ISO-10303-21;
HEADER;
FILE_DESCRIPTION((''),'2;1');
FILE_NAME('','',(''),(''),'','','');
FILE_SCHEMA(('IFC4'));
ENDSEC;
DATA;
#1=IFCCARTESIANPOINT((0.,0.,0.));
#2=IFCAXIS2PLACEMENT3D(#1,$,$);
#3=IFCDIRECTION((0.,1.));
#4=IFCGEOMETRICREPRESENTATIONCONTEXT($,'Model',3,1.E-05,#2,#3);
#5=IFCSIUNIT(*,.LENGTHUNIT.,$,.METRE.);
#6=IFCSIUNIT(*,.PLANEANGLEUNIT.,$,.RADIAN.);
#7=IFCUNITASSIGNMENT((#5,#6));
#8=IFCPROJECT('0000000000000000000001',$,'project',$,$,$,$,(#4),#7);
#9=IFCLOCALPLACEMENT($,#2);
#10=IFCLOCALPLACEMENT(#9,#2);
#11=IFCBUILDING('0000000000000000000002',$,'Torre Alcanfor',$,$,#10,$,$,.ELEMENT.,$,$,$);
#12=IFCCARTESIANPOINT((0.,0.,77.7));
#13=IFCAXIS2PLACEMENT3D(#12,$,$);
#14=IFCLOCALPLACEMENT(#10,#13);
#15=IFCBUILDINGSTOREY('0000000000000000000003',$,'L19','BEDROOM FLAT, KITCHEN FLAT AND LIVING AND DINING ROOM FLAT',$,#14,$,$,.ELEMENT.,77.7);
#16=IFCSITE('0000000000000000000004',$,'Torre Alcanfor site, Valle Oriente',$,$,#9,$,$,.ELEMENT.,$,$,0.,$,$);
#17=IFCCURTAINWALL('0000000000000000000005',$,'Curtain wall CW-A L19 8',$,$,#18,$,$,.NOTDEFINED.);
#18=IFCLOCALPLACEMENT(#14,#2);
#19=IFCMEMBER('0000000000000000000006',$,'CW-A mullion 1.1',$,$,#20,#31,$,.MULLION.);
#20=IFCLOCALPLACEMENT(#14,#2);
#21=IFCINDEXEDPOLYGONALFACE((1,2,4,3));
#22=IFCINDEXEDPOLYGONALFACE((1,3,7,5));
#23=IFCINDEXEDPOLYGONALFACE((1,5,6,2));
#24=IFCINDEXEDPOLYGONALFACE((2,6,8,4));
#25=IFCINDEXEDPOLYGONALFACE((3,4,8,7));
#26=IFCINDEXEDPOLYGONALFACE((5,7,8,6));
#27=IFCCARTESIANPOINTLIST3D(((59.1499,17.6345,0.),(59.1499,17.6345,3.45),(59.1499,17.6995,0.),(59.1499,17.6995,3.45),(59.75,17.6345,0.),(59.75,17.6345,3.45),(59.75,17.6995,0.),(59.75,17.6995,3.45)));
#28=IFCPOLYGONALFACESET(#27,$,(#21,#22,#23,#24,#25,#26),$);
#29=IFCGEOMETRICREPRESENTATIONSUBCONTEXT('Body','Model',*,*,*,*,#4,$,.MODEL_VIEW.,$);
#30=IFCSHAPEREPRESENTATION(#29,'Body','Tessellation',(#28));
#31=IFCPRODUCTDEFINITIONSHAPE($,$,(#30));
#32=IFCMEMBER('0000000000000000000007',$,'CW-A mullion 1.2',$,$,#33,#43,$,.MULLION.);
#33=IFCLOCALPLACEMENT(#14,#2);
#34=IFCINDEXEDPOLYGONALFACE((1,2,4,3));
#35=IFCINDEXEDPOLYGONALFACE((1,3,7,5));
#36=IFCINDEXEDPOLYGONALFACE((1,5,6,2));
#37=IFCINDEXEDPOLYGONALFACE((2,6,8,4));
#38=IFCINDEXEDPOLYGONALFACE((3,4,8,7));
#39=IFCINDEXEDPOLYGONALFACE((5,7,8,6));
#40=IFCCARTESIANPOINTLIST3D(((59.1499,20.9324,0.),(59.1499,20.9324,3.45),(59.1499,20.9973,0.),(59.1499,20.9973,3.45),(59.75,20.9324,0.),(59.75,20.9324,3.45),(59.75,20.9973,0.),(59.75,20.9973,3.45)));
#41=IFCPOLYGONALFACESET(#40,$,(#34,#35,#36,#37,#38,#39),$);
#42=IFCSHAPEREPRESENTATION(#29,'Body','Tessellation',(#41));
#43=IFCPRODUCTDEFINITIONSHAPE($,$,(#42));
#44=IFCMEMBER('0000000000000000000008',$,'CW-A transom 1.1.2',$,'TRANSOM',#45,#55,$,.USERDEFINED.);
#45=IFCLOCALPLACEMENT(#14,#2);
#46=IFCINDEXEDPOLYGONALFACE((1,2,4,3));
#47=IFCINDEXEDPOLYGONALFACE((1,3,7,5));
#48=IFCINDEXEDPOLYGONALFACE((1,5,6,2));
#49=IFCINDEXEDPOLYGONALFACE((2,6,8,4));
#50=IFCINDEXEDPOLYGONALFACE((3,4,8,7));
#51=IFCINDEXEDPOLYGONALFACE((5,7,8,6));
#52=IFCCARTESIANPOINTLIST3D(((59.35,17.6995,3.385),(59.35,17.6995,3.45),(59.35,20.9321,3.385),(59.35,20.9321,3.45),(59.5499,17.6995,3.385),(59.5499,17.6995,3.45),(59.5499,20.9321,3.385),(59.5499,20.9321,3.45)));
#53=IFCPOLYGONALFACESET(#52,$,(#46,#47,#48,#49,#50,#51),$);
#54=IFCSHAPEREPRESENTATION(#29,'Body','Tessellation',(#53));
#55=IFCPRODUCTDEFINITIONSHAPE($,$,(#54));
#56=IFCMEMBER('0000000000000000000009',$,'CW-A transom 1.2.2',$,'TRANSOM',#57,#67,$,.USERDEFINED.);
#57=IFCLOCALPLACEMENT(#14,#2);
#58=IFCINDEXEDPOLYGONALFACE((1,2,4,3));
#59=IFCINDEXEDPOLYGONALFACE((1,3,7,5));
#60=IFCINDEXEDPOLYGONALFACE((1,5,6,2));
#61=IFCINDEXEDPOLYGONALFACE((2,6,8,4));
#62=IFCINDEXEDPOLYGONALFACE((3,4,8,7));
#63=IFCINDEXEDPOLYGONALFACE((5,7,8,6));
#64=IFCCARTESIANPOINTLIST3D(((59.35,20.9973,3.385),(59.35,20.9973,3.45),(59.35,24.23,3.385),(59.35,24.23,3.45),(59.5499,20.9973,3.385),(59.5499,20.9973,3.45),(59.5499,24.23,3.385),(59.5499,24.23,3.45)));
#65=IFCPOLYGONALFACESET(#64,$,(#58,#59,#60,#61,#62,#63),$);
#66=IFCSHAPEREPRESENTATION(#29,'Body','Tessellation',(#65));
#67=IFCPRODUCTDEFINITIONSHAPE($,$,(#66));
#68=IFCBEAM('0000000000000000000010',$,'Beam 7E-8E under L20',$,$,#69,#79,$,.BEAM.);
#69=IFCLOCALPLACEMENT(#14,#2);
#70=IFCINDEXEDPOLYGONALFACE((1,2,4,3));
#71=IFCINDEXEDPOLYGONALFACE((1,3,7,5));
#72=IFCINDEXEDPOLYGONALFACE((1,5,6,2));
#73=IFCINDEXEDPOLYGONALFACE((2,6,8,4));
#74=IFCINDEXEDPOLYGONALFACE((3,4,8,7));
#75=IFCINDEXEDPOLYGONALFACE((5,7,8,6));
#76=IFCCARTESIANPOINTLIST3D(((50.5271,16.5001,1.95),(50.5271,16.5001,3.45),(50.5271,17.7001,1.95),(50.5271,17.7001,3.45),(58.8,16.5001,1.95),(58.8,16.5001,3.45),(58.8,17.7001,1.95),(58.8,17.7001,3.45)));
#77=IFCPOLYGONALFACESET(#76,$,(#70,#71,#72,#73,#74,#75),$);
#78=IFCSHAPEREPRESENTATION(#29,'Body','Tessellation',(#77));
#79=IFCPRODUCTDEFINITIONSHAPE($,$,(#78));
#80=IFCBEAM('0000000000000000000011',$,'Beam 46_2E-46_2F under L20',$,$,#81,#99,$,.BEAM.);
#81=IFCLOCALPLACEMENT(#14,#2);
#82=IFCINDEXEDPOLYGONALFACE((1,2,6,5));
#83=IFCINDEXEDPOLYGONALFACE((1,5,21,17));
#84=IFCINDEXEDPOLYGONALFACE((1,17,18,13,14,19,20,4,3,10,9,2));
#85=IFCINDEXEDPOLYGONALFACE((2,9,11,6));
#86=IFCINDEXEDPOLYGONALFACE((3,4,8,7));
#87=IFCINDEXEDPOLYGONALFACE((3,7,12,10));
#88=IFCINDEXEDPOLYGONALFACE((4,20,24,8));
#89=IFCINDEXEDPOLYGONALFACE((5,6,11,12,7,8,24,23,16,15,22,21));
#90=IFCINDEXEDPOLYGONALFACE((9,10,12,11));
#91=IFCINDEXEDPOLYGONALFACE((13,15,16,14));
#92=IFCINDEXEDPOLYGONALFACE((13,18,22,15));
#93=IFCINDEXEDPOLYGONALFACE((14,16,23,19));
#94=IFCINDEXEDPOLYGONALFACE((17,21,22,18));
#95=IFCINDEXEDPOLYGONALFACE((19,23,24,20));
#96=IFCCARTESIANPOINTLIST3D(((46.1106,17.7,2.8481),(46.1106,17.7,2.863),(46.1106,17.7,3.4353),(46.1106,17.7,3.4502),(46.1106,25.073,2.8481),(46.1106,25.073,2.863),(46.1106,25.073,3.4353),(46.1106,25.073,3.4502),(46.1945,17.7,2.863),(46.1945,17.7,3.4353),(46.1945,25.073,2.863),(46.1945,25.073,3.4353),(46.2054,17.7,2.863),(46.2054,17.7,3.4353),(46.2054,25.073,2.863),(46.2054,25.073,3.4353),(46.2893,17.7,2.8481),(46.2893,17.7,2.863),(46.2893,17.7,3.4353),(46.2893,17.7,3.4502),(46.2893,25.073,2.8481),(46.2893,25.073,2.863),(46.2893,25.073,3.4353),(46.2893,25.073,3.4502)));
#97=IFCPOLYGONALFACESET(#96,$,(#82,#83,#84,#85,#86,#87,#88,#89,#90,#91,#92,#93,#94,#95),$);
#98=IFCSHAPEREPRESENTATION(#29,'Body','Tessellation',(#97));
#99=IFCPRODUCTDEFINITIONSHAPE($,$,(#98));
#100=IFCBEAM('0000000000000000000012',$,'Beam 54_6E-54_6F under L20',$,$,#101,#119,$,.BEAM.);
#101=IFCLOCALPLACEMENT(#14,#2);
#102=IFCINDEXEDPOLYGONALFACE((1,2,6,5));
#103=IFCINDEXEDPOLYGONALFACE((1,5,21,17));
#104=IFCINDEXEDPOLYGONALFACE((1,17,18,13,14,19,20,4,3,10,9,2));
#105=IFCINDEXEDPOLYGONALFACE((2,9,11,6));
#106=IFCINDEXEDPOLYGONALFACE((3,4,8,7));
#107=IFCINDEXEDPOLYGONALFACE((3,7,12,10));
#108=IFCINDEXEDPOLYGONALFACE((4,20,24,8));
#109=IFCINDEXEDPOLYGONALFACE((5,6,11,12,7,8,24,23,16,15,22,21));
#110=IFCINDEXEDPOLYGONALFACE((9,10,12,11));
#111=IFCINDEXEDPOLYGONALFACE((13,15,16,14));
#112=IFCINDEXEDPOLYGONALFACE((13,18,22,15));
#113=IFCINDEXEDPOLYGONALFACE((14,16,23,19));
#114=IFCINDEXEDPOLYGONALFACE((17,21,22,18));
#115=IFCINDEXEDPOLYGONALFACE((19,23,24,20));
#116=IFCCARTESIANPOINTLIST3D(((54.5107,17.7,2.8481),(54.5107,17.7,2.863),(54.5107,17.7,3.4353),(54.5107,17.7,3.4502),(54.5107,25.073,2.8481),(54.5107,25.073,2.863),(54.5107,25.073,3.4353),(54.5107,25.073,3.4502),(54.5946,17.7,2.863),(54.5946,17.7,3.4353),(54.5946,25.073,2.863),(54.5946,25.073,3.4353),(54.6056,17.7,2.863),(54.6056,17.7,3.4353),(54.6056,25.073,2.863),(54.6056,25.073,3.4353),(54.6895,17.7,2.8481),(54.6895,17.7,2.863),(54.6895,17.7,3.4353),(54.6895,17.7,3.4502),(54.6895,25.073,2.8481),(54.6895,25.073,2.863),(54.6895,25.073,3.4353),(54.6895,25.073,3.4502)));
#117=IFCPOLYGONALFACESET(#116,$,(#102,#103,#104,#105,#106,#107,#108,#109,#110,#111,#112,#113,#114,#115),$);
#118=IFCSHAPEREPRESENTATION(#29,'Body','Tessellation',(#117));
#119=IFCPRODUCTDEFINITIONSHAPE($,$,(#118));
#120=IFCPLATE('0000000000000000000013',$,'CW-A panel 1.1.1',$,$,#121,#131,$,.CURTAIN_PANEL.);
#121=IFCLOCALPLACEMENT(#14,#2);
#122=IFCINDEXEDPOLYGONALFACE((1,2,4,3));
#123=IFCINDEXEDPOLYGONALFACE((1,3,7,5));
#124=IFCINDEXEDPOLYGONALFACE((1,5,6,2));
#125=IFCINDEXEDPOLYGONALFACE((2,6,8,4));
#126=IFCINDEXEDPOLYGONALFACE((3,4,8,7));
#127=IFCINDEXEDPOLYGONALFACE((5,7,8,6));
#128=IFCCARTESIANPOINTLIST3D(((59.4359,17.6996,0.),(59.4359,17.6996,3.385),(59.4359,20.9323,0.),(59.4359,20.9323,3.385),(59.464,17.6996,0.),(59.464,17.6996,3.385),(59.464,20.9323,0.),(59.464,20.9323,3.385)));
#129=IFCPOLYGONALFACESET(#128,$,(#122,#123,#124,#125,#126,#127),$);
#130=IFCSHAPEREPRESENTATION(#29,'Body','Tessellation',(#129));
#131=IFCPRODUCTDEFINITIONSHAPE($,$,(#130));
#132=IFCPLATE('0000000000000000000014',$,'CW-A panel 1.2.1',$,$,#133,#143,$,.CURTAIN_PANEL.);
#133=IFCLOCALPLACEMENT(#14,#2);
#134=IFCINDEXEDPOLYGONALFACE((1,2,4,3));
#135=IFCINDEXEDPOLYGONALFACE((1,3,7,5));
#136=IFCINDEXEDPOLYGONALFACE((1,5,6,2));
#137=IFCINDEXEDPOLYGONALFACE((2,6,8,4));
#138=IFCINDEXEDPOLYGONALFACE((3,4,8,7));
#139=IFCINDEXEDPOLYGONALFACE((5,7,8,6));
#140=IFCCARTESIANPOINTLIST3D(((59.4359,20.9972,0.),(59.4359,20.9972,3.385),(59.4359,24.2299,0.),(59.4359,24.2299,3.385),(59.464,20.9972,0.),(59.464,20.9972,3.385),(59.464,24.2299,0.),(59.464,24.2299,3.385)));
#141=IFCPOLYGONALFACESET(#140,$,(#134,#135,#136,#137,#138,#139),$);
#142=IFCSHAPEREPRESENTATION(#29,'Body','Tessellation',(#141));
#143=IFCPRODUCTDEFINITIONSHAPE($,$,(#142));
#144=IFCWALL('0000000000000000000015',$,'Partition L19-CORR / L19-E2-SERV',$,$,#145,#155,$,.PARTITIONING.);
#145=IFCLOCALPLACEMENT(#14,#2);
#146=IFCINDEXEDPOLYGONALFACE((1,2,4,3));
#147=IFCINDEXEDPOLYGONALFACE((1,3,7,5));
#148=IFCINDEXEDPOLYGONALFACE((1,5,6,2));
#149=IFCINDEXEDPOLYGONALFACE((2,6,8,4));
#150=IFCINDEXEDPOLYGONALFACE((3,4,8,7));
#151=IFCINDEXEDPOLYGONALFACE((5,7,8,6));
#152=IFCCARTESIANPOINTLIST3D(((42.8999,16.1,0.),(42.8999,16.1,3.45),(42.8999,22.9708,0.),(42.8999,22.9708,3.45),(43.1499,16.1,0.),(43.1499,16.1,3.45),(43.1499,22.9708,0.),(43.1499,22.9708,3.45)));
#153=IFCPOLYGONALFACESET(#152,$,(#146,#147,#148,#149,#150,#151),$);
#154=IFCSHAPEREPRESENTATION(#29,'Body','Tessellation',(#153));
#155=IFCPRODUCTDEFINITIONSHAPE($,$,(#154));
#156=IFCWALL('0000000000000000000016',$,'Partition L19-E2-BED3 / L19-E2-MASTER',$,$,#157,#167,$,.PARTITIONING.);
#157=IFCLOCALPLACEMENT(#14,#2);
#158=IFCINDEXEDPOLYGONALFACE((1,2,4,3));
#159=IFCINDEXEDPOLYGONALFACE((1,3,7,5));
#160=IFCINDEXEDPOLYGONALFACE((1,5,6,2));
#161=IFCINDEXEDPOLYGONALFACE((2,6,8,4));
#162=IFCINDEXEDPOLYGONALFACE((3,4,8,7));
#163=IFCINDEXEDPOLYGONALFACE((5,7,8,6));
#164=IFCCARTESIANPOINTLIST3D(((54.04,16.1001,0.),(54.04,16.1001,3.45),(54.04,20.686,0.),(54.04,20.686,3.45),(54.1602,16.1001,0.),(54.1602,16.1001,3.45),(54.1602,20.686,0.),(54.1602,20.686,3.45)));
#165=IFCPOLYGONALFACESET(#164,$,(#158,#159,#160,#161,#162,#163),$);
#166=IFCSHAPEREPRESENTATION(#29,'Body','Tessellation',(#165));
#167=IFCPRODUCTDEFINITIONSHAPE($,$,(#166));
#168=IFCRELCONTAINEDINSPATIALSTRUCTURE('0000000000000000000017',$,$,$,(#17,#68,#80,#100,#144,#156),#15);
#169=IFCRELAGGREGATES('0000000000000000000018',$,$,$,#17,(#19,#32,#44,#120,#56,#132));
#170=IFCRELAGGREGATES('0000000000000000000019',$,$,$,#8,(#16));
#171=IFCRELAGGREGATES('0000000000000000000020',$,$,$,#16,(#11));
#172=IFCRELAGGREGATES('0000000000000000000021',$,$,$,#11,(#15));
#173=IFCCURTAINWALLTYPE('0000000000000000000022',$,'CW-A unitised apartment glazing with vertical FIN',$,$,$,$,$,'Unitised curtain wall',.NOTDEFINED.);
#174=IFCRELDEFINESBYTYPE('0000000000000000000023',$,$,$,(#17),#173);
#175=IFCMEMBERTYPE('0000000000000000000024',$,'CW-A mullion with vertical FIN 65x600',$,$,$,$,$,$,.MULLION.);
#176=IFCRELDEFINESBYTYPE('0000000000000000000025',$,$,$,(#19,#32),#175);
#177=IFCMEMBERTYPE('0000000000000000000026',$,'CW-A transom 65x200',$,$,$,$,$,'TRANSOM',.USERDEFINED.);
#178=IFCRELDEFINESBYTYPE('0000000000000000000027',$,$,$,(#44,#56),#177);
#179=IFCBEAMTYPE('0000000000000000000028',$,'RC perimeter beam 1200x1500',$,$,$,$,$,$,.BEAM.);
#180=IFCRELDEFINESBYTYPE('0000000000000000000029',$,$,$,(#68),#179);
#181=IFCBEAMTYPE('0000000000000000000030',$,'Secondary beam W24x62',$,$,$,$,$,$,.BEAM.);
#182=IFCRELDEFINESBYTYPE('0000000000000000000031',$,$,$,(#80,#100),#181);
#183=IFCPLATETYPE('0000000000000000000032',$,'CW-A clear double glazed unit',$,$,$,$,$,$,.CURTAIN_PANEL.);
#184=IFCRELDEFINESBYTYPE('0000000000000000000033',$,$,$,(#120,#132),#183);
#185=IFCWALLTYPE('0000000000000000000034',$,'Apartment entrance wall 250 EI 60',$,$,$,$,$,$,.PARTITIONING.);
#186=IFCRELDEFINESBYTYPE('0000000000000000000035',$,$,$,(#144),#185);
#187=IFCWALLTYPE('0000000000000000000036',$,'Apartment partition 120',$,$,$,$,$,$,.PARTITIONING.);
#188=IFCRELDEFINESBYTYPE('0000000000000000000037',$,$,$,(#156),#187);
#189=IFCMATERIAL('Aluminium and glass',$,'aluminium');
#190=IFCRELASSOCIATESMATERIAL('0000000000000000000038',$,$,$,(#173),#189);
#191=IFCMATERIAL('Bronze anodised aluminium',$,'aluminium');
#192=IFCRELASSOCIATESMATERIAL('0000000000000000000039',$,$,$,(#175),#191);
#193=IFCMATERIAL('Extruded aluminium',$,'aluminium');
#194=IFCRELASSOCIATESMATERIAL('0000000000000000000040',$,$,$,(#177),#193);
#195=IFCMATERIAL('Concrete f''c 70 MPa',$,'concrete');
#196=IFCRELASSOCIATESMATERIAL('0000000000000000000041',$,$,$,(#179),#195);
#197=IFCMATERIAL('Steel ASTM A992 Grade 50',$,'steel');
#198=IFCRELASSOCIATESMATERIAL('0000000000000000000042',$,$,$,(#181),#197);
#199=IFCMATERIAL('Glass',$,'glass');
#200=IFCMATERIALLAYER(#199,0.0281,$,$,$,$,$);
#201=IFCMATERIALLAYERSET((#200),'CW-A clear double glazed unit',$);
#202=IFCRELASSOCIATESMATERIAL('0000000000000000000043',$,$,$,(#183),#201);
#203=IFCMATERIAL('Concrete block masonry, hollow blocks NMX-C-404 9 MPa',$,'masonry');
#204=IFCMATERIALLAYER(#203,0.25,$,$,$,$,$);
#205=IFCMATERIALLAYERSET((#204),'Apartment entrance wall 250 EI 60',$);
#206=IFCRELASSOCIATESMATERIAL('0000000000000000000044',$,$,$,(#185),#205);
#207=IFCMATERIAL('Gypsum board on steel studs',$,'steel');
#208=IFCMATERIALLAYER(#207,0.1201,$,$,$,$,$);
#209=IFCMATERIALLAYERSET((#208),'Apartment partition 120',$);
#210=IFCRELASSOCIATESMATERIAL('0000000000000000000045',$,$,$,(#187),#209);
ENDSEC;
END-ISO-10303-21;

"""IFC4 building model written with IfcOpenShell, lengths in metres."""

from ifc_helpers import new_model, si_unit, direction, frame, frame_2d, origin, origin_2d, place, context, subcontext, project, spatial, rectangle, i_section, extrude, material, layer, layer_set, material_profile, profile_set, type_object, element, aggregate, save


model = new_model("IFC4")

# Units and contexts
model_context = context("Model", 3, precision=1e-05, world=origin(), true_north=direction((0.0, 1.0)))
body_context = subcontext(model_context, "Body", "Model", "MODEL_VIEW")
ifc_project = project(units=[si_unit("LENGTHUNIT", "METRE"), si_unit("PLANEANGLEUNIT", "RADIAN")], contexts=[model_context])

# Site, building, storey
site_placement = place(None, origin())
site = spatial("IfcSite", under=ifc_project, at=site_placement, Name="Torre Alcanfor site, Valle Oriente", CompositionType="ELEMENT", RefElevation=0.0)
building_placement = place(site_placement, origin())
building = spatial("IfcBuilding", under=site, at=building_placement, Name="Torre Alcanfor", CompositionType="ELEMENT")
storey_placement = place(building_placement, frame((0.0, 0.0, 77.7)))
storey = spatial("IfcBuildingStorey", under=building, at=storey_placement, Name="L19", Description="BEDROOM FLAT, KITCHEN FLAT AND LIVING AND DINING ROOM FLAT", CompositionType="ELEMENT", Elevation=77.7)

# Curtain wall, members
ifc_material_1 = material(Name="Aluminium and glass", Category="aluminium")
curtain_wall_type = type_object("IfcCurtainWallType", Name="CW-A unitised apartment glazing with vertical FIN", ElementType="Unitised curtain wall", PredefinedType="NOTDEFINED", material=ifc_material_1)
curtain_wall_placement = place(storey_placement, origin())
curtain_wall = element("IfcCurtainWall", 1, at=curtain_wall_placement, inside=storey, type_object=curtain_wall_type, Name="Curtain wall CW-A L19 8", PredefinedType="NOTDEFINED")
ifc_material_2 = material(Name="Bronze anodised aluminium", Category="aluminium")
ifc_material_profile_1 = material_profile(ifc_material_2, rectangle(XDim=0.6001, YDim=0.0649, at=origin_2d()), Name="CW-A mullion 65x600")
ifc_profile_set_1 = profile_set([ifc_material_profile_1], Name="Bronze anodised aluminium")
member_type_1 = type_object("IfcMemberType", Name="CW-A mullion with vertical FIN 65x600", PredefinedType="MULLION", material=ifc_profile_set_1)
member_1_placement = place(storey_placement, frame((59.45, 17.667, 0.0), z_axis=(0.0, 0.0, 1.0), x_axis=(-1.0, 0.0, 0.0)))
member_1 = element("IfcMember", 2, at=member_1_placement, type_object=member_type_1, Name="CW-A mullion 1.1", PredefinedType="MULLION", context=body_context, shape_type="SweptSolid", body=[
    extrude(rectangle(XDim=0.6001, YDim=0.0649, at=origin_2d()), origin(), (0.0, 0.0, 1.0), 3.45),
])
member_2_placement = place(storey_placement, frame((59.45, 20.9648, 0.0), z_axis=(0.0, 0.0, 1.0), x_axis=(-1.0, 0.0, 0.0)))
member_2 = element("IfcMember", 3, at=member_2_placement, type_object=member_type_1, Name="CW-A mullion 1.2", PredefinedType="MULLION", context=body_context, shape_type="SweptSolid", body=[
    extrude(rectangle(XDim=0.6001, YDim=0.0649, at=origin_2d()), origin(), (0.0, 0.0, 1.0), 3.45),
])
ifc_material_3 = material(Name="Extruded aluminium", Category="aluminium")
ifc_material_profile_2 = material_profile(ifc_material_3, rectangle(XDim=0.2, YDim=0.0649, at=origin_2d()), Name="CW-A transom 200x65")
ifc_profile_set_2 = profile_set([ifc_material_profile_2], Name="Extruded aluminium")
member_type_2 = type_object("IfcMemberType", Name="CW-A transom 65x200", ElementType="TRANSOM", PredefinedType="USERDEFINED", material=ifc_profile_set_2)
member_3_placement = place(storey_placement, frame((59.45, 17.6995, 3.4175), z_axis=(0.0, 1.0, 0.0), x_axis=(-1.0, 0.0, 0.0)))
member_3 = element("IfcMember", 4, at=member_3_placement, type_object=member_type_2, Name="CW-A transom 1.1.2", ObjectType="TRANSOM", PredefinedType="USERDEFINED", context=body_context, shape_type="SweptSolid", body=[
    extrude(rectangle(XDim=0.2, YDim=0.0649, at=origin_2d()), origin(), (0.0, 0.0, 1.0), 3.2327),
])
member_4_placement = place(storey_placement, frame((59.45, 20.9973, 3.4175), z_axis=(0.0, 1.0, 0.0), x_axis=(-1.0, 0.0, 0.0)))
member_4 = element("IfcMember", 5, at=member_4_placement, type_object=member_type_2, Name="CW-A transom 1.2.2", ObjectType="TRANSOM", PredefinedType="USERDEFINED", context=body_context, shape_type="SweptSolid", body=[
    extrude(rectangle(XDim=0.2, YDim=0.0649, at=origin_2d()), origin(), (0.0, 0.0, 1.0), 3.2327),
])

# Beams
ifc_material_4 = material(Name="Concrete f'c 70 MPa", Category="concrete")
ifc_material_profile_3 = material_profile(ifc_material_4, rectangle(XDim=1.2, YDim=1.5, at=origin_2d()), Name="1200x1500")
ifc_profile_set_3 = profile_set([ifc_material_profile_3], Name="Concrete f'c 70 MPa")
beam_type_1 = type_object("IfcBeamType", Name="RC perimeter beam 1200x1500", PredefinedType="BEAM", material=ifc_profile_set_3)
beam_placement = place(storey_placement, frame((50.5271, 17.1001, 2.7), z_axis=(1.0, 0.0, 0.0), x_axis=(0.0, 1.0, 0.0)))
element("IfcBeam", 6, at=beam_placement, inside=storey, type_object=beam_type_1, Name="Beam 7E-8E under L20", PredefinedType="BEAM", context=body_context, shape_type="SweptSolid", body=[
    extrude(rectangle(XDim=1.2, YDim=1.5, at=origin_2d()), origin(), (0.0, 0.0, 1.0), 8.2729),
])
ifc_material_5 = material(Name="Steel ASTM A992 Grade 50", Category="steel")
ifc_material_profile_4 = material_profile(ifc_material_5, i_section(OverallWidth=0.1787, OverallDepth=0.6021, WebThickness=0.011, FlangeThickness=0.0149, at=origin_2d()), Name="W24x62")
ifc_profile_set_4 = profile_set([ifc_material_profile_4], Name="Steel ASTM A992 Grade 50")
beam_type_2 = type_object("IfcBeamType", Name="Secondary beam W24x62", PredefinedType="BEAM", material=ifc_profile_set_4)
for number, where, z_axis, x_axis, name in (
    (7, (46.2, 17.7, 3.1492), (0.0, 1.0, 0.0), (-1.0, 0.0, 0.0), "Beam 46_2E-46_2F under L20"),
    (8, (54.6001, 17.7, 3.1492), (0.0, 1.0, 0.0), (-1.0, 0.0, 0.0), "Beam 54_6E-54_6F under L20"),
):
    element("IfcBeam", number, at=place(storey_placement, frame(where, z_axis=z_axis, x_axis=x_axis)), inside=storey, type_object=beam_type_2, Name=name, PredefinedType="BEAM", context=body_context, shape_type="SweptSolid", body=[
        extrude(i_section(OverallWidth=0.1787, OverallDepth=0.6021, WebThickness=0.011, FlangeThickness=0.0149, at=origin_2d()), origin(), (0.0, 0.0, 1.0), 7.373),
    ])

# Plates
ifc_material_6 = material(Name="Glass", Category="glass")
ifc_layer_1 = layer(ifc_material_6, 0.0281)
ifc_layer_set_1 = layer_set([ifc_layer_1], Name="CW-A clear double glazed unit")
plate_type = type_object("IfcPlateType", Name="CW-A clear double glazed unit", PredefinedType="CURTAIN_PANEL", material=ifc_layer_set_1)
plate_1_placement = place(storey_placement, frame((59.45, 19.3159, 0.0), z_axis=(0.0, 0.0, 1.0), x_axis=(0.0, 1.0, 0.0)))
plate_1 = element("IfcPlate", 9, at=plate_1_placement, type_object=plate_type, Name="CW-A panel 1.1.1", PredefinedType="CURTAIN_PANEL", context=body_context, shape_type="SweptSolid", body=[
    extrude(rectangle(XDim=3.2327, YDim=0.0281, at=origin_2d()), origin(), (0.0, 0.0, 1.0), 3.385),
])
plate_2_placement = place(storey_placement, frame((59.45, 22.6135, 0.0), z_axis=(0.0, 0.0, 1.0), x_axis=(0.0, 1.0, 0.0)))
plate_2 = element("IfcPlate", 10, at=plate_2_placement, type_object=plate_type, Name="CW-A panel 1.2.1", PredefinedType="CURTAIN_PANEL", context=body_context, shape_type="SweptSolid", body=[
    extrude(rectangle(XDim=3.2327, YDim=0.0281, at=origin_2d()), origin(), (0.0, 0.0, 1.0), 3.385),
])
aggregate(curtain_wall, [member_1, member_2, member_3, plate_1, member_4, plate_2])

# Walls
ifc_material_7 = material(Name="Concrete block masonry, hollow blocks NMX-C-404 9 MPa", Category="masonry")
ifc_layer_2 = layer(ifc_material_7, 0.25)
ifc_layer_set_2 = layer_set([ifc_layer_2], Name="Apartment entrance wall 250 EI 60")
wall_type_1 = type_object("IfcWallType", Name="Apartment entrance wall 250 EI 60", PredefinedType="PARTITIONING", material=ifc_layer_set_2)
wall_1_placement = place(storey_placement, frame((43.0249, 22.9709, 0.0), z_axis=(0.0, 0.0, 1.0), x_axis=(0.0, -1.0, 0.0)))
element("IfcWall", 11, at=wall_1_placement, inside=storey, type_object=wall_type_1, Name="Partition L19-CORR / L19-E2-SERV", PredefinedType="PARTITIONING", context=body_context, shape_type="SweptSolid", body=[
    extrude(rectangle(XDim=6.8708, YDim=0.25, at=frame_2d((3.4355, 0.0))), origin(), (0.0, 0.0, 1.0), 3.45),
])
ifc_material_8 = material(Name="Gypsum board on steel studs", Category="steel")
ifc_layer_3 = layer(ifc_material_8, 0.1201)
ifc_layer_set_3 = layer_set([ifc_layer_3], Name="Apartment partition 120")
wall_type_2 = type_object("IfcWallType", Name="Apartment partition 120", PredefinedType="PARTITIONING", material=ifc_layer_set_3)
wall_2_placement = place(storey_placement, frame((54.1001, 20.686, 0.0), z_axis=(0.0, 0.0, 1.0), x_axis=(0.0, -1.0, 0.0)))
element("IfcWall", 12, at=wall_2_placement, inside=storey, type_object=wall_type_2, Name="Partition L19-E2-BED3 / L19-E2-MASTER", PredefinedType="PARTITIONING", context=body_context, shape_type="SweptSolid", body=[
    extrude(rectangle(XDim=4.5859, YDim=0.1201, at=frame_2d((2.293, 0.0))), origin(), (0.0, 0.0, 1.0), 3.45),
])

save(model, "model.ifc")
